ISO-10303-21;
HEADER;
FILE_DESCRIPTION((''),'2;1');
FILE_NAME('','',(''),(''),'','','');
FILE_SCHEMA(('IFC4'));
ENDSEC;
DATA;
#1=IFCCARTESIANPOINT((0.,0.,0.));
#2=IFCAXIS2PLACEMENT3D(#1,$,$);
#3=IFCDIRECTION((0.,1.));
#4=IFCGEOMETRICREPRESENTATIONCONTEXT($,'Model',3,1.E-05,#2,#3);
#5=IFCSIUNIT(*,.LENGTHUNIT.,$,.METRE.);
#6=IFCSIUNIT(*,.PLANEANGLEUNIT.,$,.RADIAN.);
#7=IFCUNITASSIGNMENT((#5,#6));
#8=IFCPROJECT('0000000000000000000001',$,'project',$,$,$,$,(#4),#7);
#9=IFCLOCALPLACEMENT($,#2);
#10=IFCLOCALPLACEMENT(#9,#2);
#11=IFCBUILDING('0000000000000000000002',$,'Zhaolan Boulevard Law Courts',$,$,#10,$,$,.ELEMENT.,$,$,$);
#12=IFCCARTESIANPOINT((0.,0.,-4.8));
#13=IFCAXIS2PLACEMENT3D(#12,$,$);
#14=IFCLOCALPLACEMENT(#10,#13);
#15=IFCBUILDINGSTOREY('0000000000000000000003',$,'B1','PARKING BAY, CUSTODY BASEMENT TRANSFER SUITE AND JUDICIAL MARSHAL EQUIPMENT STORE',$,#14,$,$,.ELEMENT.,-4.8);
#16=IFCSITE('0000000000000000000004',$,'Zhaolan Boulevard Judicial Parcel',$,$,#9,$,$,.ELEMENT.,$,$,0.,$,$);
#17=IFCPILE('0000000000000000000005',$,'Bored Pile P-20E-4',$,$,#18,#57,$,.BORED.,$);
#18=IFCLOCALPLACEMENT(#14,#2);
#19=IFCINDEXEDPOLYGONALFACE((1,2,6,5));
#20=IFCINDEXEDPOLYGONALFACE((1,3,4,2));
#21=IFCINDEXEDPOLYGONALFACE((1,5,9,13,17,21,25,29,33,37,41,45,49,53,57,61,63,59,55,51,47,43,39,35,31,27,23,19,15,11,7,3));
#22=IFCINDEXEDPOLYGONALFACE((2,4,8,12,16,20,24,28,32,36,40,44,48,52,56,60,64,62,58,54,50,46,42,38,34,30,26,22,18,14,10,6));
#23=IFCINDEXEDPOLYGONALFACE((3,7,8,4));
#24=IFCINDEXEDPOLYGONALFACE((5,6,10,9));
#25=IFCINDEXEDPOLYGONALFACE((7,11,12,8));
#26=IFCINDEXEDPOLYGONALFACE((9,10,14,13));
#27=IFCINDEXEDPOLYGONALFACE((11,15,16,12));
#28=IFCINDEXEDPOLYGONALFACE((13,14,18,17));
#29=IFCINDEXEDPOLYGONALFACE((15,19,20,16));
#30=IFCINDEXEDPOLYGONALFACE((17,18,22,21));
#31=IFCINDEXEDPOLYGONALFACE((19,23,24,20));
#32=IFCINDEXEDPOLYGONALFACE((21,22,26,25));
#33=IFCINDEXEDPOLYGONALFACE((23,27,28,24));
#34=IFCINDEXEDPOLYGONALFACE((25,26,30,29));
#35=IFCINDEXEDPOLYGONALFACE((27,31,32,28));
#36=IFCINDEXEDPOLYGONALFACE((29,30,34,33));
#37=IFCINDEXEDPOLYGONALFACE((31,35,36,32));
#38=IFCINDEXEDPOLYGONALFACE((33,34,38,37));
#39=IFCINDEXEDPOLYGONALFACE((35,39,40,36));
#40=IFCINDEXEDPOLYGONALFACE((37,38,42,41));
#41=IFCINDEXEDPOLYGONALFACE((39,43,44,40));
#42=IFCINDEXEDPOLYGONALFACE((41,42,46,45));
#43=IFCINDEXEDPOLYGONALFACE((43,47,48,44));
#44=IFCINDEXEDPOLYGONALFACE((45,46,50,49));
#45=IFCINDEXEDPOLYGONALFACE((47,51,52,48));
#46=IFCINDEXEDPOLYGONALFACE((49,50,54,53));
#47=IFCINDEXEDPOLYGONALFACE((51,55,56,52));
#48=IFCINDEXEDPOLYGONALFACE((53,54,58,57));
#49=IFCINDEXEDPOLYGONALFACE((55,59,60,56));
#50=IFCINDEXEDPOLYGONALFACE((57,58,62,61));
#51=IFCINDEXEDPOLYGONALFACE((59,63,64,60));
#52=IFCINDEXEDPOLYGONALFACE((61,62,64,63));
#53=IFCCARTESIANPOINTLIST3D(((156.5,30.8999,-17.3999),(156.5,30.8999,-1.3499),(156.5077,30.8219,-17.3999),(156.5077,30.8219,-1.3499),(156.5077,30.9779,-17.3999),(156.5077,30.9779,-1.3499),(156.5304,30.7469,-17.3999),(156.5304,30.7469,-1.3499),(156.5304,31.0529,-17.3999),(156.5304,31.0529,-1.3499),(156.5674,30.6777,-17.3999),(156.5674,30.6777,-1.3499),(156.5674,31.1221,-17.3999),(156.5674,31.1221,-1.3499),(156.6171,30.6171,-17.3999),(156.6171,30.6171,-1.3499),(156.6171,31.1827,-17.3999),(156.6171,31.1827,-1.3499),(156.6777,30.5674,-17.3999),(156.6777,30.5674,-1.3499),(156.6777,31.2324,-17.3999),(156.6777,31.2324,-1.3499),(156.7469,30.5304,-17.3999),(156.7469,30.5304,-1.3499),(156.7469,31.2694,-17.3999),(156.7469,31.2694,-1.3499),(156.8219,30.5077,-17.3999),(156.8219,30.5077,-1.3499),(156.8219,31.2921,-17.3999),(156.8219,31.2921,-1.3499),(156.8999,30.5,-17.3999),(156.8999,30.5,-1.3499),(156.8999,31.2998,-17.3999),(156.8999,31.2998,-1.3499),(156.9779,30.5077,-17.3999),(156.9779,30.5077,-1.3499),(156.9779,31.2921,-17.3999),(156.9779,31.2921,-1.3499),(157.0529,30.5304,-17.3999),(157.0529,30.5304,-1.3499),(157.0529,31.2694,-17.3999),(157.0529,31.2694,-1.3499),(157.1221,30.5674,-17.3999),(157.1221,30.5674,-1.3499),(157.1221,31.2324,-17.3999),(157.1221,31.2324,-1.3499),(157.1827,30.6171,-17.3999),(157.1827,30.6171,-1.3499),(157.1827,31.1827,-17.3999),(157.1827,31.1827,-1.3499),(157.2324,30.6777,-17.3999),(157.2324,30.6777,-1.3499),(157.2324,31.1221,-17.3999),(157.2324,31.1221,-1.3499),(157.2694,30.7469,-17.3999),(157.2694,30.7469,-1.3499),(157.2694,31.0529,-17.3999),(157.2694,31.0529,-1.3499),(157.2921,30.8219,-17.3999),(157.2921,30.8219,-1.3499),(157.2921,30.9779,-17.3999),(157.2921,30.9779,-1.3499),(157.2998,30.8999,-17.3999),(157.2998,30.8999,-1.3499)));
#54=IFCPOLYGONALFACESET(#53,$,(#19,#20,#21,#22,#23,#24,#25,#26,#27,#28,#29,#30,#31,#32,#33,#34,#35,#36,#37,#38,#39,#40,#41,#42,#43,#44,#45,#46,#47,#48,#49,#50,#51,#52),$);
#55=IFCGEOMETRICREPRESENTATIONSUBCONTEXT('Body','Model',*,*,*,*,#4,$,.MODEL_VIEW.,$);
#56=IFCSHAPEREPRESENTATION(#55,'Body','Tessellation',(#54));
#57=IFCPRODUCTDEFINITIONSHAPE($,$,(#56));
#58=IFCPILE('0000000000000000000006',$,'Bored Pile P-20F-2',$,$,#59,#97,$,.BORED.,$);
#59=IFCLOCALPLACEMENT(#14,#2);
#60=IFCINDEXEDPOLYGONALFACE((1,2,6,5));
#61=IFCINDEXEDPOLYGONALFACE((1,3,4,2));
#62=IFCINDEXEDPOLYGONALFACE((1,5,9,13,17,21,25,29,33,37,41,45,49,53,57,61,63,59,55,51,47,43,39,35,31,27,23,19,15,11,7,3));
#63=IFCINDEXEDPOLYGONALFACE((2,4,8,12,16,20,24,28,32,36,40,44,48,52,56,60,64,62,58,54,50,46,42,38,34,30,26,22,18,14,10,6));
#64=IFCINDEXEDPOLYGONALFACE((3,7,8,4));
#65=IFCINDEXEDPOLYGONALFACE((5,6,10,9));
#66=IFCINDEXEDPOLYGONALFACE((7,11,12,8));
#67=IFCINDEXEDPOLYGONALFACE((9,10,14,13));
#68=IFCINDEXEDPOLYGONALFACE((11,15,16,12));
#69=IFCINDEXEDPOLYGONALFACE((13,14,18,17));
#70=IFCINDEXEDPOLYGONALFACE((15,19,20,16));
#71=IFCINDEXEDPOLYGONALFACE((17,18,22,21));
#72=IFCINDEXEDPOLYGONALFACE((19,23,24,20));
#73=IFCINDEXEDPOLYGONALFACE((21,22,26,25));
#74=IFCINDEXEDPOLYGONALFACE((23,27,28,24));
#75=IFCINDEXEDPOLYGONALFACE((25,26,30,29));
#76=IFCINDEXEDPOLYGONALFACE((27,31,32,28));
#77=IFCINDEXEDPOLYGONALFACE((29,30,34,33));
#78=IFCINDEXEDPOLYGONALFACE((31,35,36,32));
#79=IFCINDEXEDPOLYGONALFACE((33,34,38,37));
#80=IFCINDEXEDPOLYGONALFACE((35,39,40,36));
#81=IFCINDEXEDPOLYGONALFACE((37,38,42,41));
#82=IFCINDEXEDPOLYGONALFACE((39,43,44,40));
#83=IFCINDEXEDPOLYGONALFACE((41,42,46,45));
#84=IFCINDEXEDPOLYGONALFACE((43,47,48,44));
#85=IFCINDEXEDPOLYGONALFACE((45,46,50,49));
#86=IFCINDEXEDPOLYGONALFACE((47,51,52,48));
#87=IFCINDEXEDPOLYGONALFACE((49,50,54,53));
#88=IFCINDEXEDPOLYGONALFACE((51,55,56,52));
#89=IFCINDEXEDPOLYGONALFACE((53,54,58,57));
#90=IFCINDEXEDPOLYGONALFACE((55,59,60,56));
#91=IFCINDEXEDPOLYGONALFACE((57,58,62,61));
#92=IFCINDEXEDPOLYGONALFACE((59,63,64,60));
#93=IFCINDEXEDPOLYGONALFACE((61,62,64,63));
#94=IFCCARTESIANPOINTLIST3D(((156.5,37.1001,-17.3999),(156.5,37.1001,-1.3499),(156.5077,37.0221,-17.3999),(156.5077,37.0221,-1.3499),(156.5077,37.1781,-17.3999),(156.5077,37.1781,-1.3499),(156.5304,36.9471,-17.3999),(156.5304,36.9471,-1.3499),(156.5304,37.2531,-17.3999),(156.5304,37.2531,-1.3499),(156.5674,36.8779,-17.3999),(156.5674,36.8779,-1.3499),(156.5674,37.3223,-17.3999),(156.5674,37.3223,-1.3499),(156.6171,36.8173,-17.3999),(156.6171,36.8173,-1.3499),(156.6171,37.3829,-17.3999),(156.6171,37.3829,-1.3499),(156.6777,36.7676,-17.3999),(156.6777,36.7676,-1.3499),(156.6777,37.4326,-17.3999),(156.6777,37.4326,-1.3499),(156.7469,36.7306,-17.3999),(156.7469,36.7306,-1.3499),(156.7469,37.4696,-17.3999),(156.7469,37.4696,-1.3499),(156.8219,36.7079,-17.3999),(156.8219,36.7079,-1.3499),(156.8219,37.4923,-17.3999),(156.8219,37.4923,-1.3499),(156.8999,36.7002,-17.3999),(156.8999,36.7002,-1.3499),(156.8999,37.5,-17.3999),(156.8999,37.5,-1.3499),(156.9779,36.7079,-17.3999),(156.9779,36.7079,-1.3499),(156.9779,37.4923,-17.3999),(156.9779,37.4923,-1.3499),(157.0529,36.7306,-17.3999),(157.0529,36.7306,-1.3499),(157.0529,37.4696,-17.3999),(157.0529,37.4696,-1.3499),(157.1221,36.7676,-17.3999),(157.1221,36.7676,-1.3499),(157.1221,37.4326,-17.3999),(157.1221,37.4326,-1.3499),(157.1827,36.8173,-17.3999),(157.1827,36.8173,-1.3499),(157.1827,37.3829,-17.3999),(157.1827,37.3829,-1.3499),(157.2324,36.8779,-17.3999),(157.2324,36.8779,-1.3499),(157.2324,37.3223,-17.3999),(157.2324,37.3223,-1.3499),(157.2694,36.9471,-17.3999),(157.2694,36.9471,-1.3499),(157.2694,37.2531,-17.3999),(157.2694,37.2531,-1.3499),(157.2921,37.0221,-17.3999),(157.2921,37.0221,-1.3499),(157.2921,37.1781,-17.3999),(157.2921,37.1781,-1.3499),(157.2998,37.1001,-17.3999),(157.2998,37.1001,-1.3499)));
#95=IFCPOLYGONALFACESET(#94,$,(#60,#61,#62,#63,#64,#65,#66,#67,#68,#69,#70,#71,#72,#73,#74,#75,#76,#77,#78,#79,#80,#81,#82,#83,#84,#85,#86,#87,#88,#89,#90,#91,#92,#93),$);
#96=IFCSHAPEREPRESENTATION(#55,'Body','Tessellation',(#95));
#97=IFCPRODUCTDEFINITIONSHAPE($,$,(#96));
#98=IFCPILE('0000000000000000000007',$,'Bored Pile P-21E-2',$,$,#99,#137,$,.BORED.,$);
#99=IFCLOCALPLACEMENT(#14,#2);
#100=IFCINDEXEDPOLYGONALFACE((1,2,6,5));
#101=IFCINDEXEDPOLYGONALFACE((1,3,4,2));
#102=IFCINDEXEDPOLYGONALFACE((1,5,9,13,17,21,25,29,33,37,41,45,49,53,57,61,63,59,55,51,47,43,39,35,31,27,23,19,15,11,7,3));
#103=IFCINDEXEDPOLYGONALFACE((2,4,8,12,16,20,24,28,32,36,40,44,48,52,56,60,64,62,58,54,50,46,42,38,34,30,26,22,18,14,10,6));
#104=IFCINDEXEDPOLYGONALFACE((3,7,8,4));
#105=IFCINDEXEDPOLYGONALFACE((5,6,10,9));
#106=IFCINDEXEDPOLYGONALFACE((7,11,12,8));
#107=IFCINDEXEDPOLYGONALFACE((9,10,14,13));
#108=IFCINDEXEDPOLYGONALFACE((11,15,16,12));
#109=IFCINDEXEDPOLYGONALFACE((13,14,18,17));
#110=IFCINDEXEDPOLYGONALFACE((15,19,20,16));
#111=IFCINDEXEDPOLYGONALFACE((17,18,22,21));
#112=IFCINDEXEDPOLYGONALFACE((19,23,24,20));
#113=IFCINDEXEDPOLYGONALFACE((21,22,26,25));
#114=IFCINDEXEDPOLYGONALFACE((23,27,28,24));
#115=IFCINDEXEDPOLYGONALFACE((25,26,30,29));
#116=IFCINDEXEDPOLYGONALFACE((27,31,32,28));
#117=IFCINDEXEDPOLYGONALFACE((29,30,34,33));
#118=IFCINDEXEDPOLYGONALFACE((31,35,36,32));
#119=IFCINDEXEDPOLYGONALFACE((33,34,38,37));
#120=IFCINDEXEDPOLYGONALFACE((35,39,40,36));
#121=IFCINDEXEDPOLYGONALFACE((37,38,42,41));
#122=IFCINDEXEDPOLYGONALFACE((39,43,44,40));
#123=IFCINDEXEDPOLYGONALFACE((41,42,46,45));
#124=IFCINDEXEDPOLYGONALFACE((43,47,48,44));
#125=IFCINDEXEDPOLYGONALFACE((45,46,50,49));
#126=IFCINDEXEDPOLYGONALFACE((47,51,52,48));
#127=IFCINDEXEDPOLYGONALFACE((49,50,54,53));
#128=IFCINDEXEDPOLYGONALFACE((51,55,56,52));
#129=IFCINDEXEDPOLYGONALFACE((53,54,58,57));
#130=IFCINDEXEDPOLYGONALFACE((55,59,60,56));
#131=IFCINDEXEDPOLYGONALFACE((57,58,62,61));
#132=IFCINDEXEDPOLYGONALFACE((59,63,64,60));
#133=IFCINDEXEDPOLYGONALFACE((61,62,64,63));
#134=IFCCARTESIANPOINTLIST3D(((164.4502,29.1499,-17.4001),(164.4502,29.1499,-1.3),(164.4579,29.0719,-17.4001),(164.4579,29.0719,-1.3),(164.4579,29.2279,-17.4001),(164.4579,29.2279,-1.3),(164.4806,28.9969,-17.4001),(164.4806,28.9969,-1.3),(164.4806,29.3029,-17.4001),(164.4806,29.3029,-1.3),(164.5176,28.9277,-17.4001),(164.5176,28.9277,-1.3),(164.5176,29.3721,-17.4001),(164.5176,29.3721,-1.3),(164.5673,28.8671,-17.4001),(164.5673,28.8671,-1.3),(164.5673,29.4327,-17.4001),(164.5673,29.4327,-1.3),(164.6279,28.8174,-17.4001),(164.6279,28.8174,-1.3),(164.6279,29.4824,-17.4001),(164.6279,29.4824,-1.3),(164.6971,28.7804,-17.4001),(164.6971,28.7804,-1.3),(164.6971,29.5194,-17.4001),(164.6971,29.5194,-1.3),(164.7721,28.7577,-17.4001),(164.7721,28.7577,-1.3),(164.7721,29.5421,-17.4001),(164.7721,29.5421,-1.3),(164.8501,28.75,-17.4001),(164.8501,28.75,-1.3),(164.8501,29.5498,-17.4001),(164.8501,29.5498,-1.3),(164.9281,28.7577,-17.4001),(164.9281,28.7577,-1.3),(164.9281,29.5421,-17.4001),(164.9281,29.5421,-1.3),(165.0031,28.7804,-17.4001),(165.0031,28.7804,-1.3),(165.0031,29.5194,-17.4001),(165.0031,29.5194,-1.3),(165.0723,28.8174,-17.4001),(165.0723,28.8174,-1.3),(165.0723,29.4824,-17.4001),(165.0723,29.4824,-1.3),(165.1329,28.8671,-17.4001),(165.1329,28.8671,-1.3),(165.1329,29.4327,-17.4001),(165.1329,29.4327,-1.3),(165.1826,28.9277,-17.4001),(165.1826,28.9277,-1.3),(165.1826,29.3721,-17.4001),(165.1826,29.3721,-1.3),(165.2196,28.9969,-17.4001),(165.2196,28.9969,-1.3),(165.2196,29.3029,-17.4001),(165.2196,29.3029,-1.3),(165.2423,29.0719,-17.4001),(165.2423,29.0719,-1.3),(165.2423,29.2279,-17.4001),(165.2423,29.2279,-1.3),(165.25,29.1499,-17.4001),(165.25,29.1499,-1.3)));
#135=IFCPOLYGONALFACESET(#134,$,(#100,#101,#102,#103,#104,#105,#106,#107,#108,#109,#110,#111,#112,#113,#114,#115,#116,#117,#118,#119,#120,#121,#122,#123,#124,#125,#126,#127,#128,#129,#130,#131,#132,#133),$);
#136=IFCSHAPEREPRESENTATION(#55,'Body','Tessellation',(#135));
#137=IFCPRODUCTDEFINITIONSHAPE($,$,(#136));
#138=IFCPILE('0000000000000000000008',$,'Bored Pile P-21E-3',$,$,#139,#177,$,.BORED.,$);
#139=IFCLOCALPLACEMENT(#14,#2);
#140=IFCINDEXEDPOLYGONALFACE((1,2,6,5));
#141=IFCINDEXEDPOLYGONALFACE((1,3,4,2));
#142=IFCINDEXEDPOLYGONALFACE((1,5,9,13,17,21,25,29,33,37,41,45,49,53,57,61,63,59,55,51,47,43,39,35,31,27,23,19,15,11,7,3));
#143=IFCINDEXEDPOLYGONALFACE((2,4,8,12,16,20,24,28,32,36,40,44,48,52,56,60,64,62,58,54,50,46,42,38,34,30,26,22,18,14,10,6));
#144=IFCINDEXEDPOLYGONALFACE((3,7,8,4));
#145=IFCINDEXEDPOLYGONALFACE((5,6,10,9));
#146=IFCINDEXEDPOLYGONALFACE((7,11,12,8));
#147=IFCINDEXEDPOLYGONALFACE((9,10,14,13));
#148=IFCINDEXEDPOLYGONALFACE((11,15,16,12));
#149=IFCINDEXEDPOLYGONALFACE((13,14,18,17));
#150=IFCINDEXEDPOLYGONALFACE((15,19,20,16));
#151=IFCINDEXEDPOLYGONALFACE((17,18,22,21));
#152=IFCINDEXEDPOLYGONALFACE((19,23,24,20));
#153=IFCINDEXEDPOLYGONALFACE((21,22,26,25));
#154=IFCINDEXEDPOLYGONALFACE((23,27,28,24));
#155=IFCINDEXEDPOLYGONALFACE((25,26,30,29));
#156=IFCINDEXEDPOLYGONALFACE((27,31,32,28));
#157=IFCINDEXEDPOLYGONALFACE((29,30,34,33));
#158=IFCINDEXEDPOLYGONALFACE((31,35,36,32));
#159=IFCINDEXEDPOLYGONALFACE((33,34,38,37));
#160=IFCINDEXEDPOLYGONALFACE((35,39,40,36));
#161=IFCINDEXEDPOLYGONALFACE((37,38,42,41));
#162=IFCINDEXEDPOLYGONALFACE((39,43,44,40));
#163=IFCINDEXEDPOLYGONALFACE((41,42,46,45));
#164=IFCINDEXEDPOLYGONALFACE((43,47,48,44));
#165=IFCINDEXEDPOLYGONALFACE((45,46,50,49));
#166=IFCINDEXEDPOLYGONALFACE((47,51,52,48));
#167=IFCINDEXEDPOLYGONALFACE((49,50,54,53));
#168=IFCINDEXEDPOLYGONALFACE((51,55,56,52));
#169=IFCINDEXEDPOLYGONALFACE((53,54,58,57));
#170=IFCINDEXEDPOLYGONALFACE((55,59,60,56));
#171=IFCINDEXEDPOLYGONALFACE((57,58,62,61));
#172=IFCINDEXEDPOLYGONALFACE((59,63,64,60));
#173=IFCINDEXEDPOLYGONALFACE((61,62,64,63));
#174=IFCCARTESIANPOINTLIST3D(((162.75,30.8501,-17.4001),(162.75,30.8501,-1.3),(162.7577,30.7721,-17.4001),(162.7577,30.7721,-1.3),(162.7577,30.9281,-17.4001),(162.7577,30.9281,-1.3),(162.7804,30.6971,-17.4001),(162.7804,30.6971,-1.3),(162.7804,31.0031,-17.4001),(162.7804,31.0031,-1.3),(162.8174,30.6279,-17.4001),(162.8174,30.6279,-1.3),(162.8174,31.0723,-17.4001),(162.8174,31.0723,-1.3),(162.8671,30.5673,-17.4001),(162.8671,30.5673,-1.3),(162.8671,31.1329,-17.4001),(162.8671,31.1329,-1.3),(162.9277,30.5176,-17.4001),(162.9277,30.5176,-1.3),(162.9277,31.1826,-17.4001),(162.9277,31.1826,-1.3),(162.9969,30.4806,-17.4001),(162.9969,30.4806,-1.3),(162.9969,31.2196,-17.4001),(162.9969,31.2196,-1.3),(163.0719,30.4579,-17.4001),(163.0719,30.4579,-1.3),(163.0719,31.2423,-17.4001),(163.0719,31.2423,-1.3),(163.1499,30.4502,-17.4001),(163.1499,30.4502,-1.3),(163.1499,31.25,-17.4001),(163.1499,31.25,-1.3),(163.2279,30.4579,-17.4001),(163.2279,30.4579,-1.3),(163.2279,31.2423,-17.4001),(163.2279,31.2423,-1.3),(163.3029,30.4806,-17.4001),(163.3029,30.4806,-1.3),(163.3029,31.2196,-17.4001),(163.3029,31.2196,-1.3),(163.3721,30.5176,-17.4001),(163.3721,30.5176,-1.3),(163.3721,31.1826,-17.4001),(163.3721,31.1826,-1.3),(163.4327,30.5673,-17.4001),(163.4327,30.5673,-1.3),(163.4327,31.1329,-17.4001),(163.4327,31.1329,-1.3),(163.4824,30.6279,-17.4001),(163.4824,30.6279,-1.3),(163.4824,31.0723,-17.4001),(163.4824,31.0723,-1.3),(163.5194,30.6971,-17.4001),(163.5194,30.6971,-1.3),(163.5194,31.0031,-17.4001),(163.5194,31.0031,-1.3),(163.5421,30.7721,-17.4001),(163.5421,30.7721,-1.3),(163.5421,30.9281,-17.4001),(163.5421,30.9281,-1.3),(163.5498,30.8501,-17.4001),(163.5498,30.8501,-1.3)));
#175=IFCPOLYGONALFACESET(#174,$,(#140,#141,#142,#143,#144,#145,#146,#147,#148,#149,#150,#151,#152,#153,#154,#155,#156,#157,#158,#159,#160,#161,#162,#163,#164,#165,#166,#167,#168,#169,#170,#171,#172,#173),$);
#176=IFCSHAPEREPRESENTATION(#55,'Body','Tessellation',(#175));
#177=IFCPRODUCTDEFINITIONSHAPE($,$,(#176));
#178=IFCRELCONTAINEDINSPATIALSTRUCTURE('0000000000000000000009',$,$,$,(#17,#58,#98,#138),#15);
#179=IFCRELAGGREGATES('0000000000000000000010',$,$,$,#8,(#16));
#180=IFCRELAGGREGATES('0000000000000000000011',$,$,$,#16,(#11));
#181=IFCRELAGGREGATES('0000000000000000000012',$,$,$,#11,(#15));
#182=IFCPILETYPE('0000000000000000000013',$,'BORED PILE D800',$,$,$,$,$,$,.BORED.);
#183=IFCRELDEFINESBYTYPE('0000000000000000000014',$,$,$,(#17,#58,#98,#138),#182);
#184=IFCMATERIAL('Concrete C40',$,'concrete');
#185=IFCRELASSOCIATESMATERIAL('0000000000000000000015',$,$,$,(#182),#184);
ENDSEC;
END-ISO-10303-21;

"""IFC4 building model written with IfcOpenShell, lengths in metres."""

from ifc_helpers import new_model, si_unit, direction, frame, origin, origin_2d, place, context, subcontext, project, spatial, circle, extrude, material, material_profile, profile_set, type_object, element, save


model = new_model("IFC4")

# Units and contexts
model_context = context("Model", 3, precision=1e-05, world=origin(), true_north=direction((0.0, 1.0)))
body_context = subcontext(model_context, "Body", "Model", "MODEL_VIEW")
ifc_project = project(units=[si_unit("LENGTHUNIT", "METRE"), si_unit("PLANEANGLEUNIT", "RADIAN")], contexts=[model_context])

# Site, building, storey
site_placement = place(None, origin())
site = spatial("IfcSite", under=ifc_project, at=site_placement, Name="Zhaolan Boulevard Judicial Parcel", CompositionType="ELEMENT", RefElevation=0.0)
building_placement = place(site_placement, origin())
building = spatial("IfcBuilding", under=site, at=building_placement, Name="Zhaolan Boulevard Law Courts", CompositionType="ELEMENT")
storey_placement = place(building_placement, frame((0.0, 0.0, -4.8)))
storey = spatial("IfcBuildingStorey", under=building, at=storey_placement, Name="B1", Description="PARKING BAY, CUSTODY BASEMENT TRANSFER SUITE AND JUDICIAL MARSHAL EQUIPMENT STORE", CompositionType="ELEMENT", Elevation=-4.8)

# Piles
ifc_material_1 = material(Name="Concrete C40", Category="concrete")
ifc_material_profile_1 = material_profile(ifc_material_1, circle(Radius=0.3999, at=origin_2d()), Name="PILE-D800")
ifc_profile_set_1 = profile_set([ifc_material_profile_1], Name="Concrete C40")
pile_type = type_object("IfcPileType", Name="BORED PILE D800", PredefinedType="BORED", material=ifc_profile_set_1)
for number, where, z_axis, x_axis, name in (
    (1, (156.8999, 30.8999, -1.3499), (0.0, 0.0, -1.0), (1.0, 0.0, 0.0), "Bored Pile P-20E-4"),
    (2, (156.8999, 37.1001, -1.3499), (0.0, 0.0, -1.0), (1.0, 0.0, 0.0), "Bored Pile P-20F-2"),
):
    element("IfcPile", number, at=place(storey_placement, frame(where, z_axis=z_axis, x_axis=x_axis)), inside=storey, type_object=pile_type, Name=name, PredefinedType="BORED", context=body_context, shape_type="SweptSolid", body=[
        extrude(circle(Radius=0.3999, at=origin_2d()), origin(), (0.0, 0.0, 1.0), 16.05),
    ])
for number, where, z_axis, x_axis, name in (
    (3, (164.8501, 29.1499, -1.3), (0.0, 0.0, -1.0), (1.0, 0.0, 0.0), "Bored Pile P-21E-2"),
    (4, (163.1499, 30.8501, -1.3), (0.0, 0.0, -1.0), (1.0, 0.0, 0.0), "Bored Pile P-21E-3"),
):
    element("IfcPile", number, at=place(storey_placement, frame(where, z_axis=z_axis, x_axis=x_axis)), inside=storey, type_object=pile_type, Name=name, PredefinedType="BORED", context=body_context, shape_type="SweptSolid", body=[
        extrude(circle(Radius=0.3999, at=origin_2d()), origin(), (0.0, 0.0, 1.0), 16.1001),
    ])

save(model, "model.ifc")
